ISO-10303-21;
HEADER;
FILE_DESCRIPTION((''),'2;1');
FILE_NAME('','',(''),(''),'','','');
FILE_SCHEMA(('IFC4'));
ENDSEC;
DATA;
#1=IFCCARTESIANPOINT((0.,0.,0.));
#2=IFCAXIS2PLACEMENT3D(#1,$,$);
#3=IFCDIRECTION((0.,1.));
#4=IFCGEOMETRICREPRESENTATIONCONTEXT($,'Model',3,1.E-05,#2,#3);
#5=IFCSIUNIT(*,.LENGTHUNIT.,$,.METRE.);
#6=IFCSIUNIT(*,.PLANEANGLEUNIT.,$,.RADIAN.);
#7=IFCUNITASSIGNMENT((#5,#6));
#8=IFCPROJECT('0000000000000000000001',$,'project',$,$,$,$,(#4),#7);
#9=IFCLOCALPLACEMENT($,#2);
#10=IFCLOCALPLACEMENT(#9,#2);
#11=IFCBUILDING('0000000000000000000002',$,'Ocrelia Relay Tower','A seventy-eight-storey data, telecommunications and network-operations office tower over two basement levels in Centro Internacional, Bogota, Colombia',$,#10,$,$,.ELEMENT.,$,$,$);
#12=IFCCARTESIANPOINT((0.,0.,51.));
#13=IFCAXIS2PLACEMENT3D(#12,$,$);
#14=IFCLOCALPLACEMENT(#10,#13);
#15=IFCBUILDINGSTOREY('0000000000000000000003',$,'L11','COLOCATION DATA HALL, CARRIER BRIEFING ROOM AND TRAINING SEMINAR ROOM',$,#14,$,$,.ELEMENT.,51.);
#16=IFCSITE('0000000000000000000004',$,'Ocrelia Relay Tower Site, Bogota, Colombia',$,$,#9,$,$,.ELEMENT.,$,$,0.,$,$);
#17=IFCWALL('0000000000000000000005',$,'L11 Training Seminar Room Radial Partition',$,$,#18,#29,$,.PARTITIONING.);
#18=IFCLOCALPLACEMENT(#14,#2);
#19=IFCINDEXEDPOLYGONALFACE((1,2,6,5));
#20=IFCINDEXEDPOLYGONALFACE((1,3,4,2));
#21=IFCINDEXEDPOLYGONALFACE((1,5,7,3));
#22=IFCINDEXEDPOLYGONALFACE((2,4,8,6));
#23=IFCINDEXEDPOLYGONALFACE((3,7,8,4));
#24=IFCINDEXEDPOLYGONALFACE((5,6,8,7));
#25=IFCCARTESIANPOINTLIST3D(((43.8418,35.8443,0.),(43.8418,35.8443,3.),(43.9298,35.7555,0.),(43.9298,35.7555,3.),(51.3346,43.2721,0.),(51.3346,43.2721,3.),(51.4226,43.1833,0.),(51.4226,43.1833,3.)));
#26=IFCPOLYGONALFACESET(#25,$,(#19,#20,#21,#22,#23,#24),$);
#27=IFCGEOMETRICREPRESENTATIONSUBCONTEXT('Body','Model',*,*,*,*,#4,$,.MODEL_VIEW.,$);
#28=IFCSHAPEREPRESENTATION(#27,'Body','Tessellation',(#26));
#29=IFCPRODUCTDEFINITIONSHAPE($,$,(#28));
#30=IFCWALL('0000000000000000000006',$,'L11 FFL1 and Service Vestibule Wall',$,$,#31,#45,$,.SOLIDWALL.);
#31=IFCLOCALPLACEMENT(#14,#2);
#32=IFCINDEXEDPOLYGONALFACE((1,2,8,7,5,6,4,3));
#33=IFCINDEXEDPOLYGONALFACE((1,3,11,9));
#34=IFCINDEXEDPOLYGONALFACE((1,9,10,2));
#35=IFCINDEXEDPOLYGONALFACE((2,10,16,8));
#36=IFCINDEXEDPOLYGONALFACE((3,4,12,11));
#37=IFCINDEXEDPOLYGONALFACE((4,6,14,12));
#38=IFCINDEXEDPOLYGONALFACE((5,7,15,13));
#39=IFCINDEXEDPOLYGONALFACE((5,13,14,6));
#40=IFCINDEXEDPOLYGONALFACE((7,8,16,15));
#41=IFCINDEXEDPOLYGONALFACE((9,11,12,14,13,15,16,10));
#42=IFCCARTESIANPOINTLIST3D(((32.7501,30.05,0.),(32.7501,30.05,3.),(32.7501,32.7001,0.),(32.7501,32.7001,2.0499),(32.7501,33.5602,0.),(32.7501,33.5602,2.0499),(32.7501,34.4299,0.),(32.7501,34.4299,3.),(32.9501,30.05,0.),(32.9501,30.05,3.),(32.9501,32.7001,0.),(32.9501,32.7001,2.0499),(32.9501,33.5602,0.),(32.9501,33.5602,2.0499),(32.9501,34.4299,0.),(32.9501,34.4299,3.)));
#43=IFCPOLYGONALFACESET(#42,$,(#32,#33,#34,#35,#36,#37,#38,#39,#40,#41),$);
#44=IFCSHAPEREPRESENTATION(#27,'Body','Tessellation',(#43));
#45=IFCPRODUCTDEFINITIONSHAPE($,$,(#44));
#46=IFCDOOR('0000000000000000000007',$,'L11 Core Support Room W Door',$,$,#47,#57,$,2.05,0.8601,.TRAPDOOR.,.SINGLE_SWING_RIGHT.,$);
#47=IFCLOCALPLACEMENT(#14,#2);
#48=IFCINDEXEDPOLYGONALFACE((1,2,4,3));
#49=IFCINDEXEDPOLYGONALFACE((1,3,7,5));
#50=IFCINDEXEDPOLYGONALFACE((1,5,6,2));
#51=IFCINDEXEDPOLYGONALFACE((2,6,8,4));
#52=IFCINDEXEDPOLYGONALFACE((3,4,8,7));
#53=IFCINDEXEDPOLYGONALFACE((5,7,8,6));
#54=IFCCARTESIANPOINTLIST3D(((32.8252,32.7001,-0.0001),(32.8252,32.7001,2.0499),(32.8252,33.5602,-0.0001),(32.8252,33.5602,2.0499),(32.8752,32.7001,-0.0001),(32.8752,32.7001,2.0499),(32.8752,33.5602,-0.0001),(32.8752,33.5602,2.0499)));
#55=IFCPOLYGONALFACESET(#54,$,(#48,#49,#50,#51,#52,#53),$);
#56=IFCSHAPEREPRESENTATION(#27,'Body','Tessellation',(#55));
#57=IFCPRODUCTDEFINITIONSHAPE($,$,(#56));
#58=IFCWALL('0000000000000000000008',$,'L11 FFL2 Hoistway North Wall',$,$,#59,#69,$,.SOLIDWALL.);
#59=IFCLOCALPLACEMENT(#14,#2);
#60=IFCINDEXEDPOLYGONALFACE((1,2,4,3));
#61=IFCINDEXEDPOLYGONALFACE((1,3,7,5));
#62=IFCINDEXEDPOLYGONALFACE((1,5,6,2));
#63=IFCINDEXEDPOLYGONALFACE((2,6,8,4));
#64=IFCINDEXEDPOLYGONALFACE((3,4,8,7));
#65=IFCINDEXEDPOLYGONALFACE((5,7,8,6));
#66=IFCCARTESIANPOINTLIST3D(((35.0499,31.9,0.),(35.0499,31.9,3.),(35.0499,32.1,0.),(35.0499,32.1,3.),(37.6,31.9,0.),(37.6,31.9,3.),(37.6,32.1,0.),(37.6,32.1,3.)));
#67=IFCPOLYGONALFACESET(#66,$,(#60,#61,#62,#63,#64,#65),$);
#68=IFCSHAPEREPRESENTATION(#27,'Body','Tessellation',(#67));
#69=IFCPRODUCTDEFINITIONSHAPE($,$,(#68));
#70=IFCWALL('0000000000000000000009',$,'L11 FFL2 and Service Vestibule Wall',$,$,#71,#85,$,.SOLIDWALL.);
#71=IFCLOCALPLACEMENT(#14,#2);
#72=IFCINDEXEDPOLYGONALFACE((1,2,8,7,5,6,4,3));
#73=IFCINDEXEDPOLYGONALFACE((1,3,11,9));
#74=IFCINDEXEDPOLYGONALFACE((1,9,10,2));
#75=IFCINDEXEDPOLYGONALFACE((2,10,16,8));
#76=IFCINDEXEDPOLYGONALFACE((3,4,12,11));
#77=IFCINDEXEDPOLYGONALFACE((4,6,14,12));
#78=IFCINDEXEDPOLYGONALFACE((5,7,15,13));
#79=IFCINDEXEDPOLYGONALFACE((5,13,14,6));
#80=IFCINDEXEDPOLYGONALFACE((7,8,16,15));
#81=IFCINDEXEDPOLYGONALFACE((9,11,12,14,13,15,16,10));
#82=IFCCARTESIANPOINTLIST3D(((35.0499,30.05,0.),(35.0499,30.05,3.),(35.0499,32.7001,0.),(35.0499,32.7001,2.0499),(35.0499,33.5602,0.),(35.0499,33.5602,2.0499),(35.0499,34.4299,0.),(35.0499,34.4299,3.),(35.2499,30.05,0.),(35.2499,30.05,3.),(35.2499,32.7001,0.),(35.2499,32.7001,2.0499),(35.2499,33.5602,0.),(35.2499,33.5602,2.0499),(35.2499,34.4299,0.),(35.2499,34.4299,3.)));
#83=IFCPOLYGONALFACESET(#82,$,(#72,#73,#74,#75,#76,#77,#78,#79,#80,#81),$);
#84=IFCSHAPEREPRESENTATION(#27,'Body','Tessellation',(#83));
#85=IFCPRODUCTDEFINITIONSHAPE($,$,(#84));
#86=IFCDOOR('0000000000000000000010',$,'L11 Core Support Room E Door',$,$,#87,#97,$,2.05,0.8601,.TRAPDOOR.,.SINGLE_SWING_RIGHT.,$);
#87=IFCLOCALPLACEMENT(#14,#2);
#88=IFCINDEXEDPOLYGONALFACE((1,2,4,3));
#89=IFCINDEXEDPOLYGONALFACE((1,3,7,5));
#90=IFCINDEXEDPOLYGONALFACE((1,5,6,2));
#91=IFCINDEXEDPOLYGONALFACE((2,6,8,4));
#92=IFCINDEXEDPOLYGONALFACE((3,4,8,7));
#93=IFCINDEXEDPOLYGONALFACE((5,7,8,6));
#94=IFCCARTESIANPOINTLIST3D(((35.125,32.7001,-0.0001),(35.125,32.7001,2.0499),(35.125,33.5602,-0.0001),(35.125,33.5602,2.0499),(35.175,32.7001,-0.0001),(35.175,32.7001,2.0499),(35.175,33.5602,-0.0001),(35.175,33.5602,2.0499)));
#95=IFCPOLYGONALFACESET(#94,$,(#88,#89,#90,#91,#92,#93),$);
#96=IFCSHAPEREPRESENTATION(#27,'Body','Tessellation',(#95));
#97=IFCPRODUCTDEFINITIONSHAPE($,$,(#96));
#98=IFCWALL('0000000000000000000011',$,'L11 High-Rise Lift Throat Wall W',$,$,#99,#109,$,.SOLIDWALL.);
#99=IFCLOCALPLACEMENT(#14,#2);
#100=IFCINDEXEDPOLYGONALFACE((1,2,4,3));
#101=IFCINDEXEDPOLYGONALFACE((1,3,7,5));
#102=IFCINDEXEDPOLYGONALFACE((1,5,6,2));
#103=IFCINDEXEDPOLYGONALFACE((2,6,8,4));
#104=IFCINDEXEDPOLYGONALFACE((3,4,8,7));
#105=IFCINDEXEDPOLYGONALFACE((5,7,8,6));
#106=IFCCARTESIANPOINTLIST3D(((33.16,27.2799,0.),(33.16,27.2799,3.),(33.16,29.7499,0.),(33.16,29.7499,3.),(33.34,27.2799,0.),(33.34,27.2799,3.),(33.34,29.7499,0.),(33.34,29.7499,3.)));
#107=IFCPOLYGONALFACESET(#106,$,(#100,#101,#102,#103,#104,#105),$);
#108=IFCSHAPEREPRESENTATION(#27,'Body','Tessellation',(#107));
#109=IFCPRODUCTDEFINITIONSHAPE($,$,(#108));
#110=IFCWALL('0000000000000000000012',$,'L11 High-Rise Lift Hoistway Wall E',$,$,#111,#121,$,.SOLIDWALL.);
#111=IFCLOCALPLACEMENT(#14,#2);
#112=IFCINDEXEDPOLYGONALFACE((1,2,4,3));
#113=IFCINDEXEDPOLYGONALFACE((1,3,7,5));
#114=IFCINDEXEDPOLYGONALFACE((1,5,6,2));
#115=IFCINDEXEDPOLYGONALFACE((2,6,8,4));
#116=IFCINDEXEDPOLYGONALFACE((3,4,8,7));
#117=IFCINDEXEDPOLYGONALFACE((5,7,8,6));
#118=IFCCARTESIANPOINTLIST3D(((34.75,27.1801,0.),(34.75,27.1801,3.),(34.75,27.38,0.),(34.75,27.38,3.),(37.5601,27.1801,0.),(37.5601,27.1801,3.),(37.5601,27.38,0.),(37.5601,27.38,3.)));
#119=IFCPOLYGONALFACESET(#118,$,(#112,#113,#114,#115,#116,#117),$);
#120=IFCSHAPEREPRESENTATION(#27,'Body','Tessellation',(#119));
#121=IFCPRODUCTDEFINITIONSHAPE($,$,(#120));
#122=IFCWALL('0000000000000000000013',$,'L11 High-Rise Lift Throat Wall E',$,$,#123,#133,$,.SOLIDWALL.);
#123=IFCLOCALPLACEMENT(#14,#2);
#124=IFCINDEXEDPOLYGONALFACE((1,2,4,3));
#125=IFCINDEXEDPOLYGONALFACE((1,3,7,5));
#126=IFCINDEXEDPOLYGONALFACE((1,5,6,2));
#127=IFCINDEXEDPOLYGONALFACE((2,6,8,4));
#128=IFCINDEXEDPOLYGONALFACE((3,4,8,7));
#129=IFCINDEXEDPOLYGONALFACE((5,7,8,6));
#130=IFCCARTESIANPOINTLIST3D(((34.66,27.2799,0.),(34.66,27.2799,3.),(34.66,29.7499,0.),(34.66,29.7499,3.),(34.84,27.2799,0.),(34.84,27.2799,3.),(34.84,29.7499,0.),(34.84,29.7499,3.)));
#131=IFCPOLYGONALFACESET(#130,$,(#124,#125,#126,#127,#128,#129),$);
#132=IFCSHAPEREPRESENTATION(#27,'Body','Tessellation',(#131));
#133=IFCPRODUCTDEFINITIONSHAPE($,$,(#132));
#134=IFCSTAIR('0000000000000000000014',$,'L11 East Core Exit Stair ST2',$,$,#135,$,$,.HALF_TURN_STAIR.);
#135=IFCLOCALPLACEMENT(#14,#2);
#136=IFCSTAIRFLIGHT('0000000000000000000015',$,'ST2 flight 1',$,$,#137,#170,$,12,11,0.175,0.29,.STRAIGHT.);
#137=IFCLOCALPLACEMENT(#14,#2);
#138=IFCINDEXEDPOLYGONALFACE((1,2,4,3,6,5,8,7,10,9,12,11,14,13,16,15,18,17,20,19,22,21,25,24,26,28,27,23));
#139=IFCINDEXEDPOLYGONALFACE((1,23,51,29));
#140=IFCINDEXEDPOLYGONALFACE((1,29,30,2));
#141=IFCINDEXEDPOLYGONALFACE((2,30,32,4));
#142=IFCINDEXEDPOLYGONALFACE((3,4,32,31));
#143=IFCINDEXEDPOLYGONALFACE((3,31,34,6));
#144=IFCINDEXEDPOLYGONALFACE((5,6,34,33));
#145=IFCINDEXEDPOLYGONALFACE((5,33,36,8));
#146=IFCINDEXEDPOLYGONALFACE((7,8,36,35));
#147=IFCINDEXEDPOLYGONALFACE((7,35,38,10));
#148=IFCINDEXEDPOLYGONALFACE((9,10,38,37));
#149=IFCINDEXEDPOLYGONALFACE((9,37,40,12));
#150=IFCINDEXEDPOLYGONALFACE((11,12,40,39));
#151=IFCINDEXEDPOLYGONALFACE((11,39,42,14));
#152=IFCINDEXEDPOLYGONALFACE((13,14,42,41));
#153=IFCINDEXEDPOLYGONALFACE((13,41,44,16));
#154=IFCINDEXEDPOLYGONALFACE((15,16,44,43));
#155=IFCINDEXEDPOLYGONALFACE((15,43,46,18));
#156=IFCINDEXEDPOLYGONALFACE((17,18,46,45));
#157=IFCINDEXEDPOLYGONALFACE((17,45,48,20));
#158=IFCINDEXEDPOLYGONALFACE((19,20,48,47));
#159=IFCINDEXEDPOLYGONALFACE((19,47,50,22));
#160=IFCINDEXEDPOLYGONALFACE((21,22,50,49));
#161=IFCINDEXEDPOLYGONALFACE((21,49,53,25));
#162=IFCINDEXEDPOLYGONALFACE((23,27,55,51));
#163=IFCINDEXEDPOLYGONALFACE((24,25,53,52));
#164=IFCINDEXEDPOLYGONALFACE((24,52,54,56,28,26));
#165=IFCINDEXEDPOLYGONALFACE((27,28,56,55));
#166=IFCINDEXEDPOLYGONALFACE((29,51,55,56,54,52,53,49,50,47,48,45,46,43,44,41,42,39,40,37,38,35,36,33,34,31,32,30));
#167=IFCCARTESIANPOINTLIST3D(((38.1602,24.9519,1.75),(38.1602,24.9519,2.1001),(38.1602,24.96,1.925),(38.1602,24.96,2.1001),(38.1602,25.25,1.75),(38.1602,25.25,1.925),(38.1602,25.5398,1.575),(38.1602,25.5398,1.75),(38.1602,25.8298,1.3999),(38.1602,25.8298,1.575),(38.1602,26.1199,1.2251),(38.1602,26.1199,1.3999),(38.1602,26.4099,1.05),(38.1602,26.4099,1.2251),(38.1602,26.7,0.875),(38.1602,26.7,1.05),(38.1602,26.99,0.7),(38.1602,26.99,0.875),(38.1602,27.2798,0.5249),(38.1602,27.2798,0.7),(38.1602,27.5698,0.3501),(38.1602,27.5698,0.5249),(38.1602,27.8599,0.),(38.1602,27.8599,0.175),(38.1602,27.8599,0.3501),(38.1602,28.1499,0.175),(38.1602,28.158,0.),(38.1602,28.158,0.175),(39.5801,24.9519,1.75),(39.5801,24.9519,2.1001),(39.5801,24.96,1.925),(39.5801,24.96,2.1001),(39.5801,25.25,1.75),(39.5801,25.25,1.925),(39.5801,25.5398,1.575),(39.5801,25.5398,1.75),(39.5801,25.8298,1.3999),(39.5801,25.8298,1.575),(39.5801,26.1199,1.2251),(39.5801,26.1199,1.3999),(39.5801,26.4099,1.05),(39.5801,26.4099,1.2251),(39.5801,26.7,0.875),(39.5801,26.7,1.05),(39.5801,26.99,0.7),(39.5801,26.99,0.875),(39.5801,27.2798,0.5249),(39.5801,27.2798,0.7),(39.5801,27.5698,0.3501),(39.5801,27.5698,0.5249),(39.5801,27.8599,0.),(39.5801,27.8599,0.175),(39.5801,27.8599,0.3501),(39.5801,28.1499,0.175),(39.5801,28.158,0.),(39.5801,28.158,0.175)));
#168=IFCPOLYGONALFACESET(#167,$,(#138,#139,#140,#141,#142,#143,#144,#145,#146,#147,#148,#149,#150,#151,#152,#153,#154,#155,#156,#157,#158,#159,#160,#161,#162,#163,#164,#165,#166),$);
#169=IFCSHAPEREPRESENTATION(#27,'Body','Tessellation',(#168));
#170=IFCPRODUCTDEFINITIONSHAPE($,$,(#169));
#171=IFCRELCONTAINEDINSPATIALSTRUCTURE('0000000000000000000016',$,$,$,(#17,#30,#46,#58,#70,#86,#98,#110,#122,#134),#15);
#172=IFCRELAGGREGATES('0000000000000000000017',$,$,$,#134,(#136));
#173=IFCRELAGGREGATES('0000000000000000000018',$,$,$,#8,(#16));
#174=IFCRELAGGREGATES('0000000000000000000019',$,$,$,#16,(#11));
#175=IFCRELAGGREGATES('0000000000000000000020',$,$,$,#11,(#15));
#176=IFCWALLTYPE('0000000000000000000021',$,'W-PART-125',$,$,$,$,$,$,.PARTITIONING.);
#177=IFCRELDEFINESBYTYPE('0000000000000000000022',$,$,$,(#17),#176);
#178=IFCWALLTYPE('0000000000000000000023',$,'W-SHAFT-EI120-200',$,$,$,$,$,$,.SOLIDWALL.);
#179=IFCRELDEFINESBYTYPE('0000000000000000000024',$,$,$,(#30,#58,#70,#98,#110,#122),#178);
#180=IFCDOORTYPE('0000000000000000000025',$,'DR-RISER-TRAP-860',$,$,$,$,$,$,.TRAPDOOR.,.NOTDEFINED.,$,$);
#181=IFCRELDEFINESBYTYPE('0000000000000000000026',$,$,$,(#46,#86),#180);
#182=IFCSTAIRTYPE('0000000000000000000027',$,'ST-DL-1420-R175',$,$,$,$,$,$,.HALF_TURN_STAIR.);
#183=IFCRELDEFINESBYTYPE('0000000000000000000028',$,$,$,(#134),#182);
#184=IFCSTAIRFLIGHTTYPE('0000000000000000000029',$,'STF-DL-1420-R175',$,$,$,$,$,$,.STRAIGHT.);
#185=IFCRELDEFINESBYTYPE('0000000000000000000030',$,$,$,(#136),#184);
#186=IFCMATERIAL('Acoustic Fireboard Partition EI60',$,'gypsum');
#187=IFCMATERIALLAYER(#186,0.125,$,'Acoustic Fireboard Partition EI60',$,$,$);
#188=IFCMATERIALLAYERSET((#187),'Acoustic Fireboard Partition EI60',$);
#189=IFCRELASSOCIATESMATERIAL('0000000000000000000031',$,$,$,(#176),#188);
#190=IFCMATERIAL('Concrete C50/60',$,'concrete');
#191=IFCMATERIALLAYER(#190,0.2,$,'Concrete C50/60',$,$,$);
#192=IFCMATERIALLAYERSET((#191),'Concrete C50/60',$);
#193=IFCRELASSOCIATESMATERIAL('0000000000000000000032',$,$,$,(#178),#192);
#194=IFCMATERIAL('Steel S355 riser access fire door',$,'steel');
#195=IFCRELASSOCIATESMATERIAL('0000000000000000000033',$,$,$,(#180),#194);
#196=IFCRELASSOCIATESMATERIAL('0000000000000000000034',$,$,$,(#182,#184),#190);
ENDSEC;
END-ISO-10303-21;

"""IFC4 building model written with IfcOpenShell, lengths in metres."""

from ifc_helpers import new_model, si_unit, direction, frame, frame_2d, origin, place, context, subcontext, project, spatial, polyline, rectangle, outline, extrude, material, layer, layer_set, type_object, element, fill, aggregate, save


model = new_model("IFC4")

# Units and contexts
model_context = context("Model", 3, precision=1e-05, world=origin(), true_north=direction((0.0, 1.0)))
body_context = subcontext(model_context, "Body", "Model", "MODEL_VIEW")
ifc_project = project(units=[si_unit("LENGTHUNIT", "METRE"), si_unit("PLANEANGLEUNIT", "RADIAN")], contexts=[model_context])

# Site, building, storey
site_placement = place(None, origin())
site = spatial("IfcSite", under=ifc_project, at=site_placement, Name="Ocrelia Relay Tower Site, Bogota, Colombia", CompositionType="ELEMENT", RefElevation=0.0)
building_placement = place(site_placement, origin())
building = spatial("IfcBuilding", under=site, at=building_placement, Name="Ocrelia Relay Tower", Description="A seventy-eight-storey data, telecommunications and network-operations office tower over two basement levels in Centro Internacional, Bogota, Colombia", CompositionType="ELEMENT")
storey_placement = place(building_placement, frame((0.0, 0.0, 51.0)))
storey = spatial("IfcBuildingStorey", under=building, at=storey_placement, Name="L11", Description="COLOCATION DATA HALL, CARRIER BRIEFING ROOM AND TRAINING SEMINAR ROOM", CompositionType="ELEMENT", Elevation=51.0)

# Shared definitions
ifc_material_1 = material(Name="Concrete C50/60", Category="concrete")

# Wall
ifc_material_2 = material(Name="Acoustic Fireboard Partition EI60", Category="gypsum")
ifc_layer_1 = layer(ifc_material_2, 0.125, Name="Acoustic Fireboard Partition EI60")
ifc_layer_set_1 = layer_set([ifc_layer_1], Name="Acoustic Fireboard Partition EI60")
wall_type_1 = type_object("IfcWallType", Name="W-PART-125", PredefinedType="PARTITIONING", material=ifc_layer_set_1)
wall_1_placement = place(storey_placement, frame((43.8857, 35.7998, 0.0), z_axis=(0.0, 0.0, 1.0), x_axis=(0.710178, 0.704022, 0.0)))
element("IfcWall", 1, at=wall_1_placement, inside=storey, type_object=wall_type_1, Name="L11 Training Seminar Room Radial Partition", PredefinedType="PARTITIONING", context=body_context, shape_type="SweptSolid", body=[
    extrude(rectangle(XDim=10.5505, YDim=0.125, at=frame_2d((5.2754, 0.0))), origin(), (0.0, 0.0, 1.0), 3.0),
])

# Wall, opening, door
ifc_layer_2 = layer(ifc_material_1, 0.2, Name="Concrete C50/60")
ifc_layer_set_2 = layer_set([ifc_layer_2], Name="Concrete C50/60")
wall_type_2 = type_object("IfcWallType", Name="W-SHAFT-EI120-200", PredefinedType="SOLIDWALL", material=ifc_layer_set_2)
wall_2_placement = place(storey_placement, frame((32.8501, 30.05, 0.0), z_axis=(0.0, 0.0, 1.0), x_axis=(0.0, 1.0, 0.0)))
wall_2 = element("IfcWall", 2, at=wall_2_placement, inside=storey, type_object=wall_type_2, Name="L11 FFL1 and Service Vestibule Wall", PredefinedType="SOLIDWALL", context=body_context, shape_type="SweptSolid", body=[
    extrude(rectangle(XDim=4.3799, YDim=0.2, at=frame_2d((2.1899, 0.0))), origin(), (0.0, 0.0, 1.0), 3.0),
])
opening_1_placement = place(wall_2_placement, frame((2.6499, 0.0, 0.0)))
opening_1 = element("IfcOpeningElement", 3, at=opening_1_placement, cuts=wall_2, PredefinedType="OPENING", context=body_context, shape_type="SweptSolid", body=[
    extrude(rectangle(XDim=0.8601, YDim=2.05, at=frame_2d((0.4302, 1.0249))), frame((0.0, 0.1099, 0.0), z_axis=(0.0, -1.0, 0.0), x_axis=(1.0, 0.0, 0.0)), (0.0, 0.0, 1.0), 0.22),
])
ifc_material_3 = material(Name="Steel S355 riser access fire door", Category="steel")
door_type_1 = type_object("IfcDoorType", Name="DR-RISER-TRAP-860", OperationType="NOTDEFINED", PredefinedType="TRAPDOOR", material=ifc_material_3)
door_1_placement = place(opening_1_placement, origin())
door_1 = element("IfcDoor", 4, at=door_1_placement, inside=storey, type_object=door_type_1, Name="L11 Core Support Room W Door", OperationType="SINGLE_SWING_RIGHT", OverallHeight=2.05, OverallWidth=0.8601, PredefinedType="TRAPDOOR", context=body_context, shape_type="SweptSolid", body=[
    extrude(rectangle(XDim=0.8601, YDim=2.05, at=frame_2d((0.4302, 1.0249))), frame((0.0, 0.0249, 0.0), z_axis=(0.0, -1.0, 0.0), x_axis=(1.0, 0.0, 0.0)), (0.0, 0.0, 1.0), 0.05),
])
fill(opening_1, door_1)

# Wall
wall_3_placement = place(storey_placement, frame((35.05, 32.0, 0.0), z_axis=(0.0, 0.0, 1.0), x_axis=(1.0, 0.0, 0.0)))
element("IfcWall", 5, at=wall_3_placement, inside=storey, type_object=wall_type_2, Name="L11 FFL2 Hoistway North Wall", PredefinedType="SOLIDWALL", context=body_context, shape_type="SweptSolid", body=[
    extrude(rectangle(XDim=2.55, YDim=0.2, at=frame_2d((1.2749, 0.0))), origin(), (0.0, 0.0, 1.0), 3.0),
])

# Wall, opening, door
wall_4_placement = place(storey_placement, frame((35.1499, 30.05, 0.0), z_axis=(0.0, 0.0, 1.0), x_axis=(0.0, 1.0, 0.0)))
wall_4 = element("IfcWall", 6, at=wall_4_placement, inside=storey, type_object=wall_type_2, Name="L11 FFL2 and Service Vestibule Wall", PredefinedType="SOLIDWALL", context=body_context, shape_type="SweptSolid", body=[
    extrude(rectangle(XDim=4.3799, YDim=0.2, at=frame_2d((2.1899, 0.0))), origin(), (0.0, 0.0, 1.0), 3.0),
])
opening_2_placement = place(wall_4_placement, frame((2.6499, 0.0, 0.0)))
opening_2 = element("IfcOpeningElement", 7, at=opening_2_placement, cuts=wall_4, PredefinedType="OPENING", context=body_context, shape_type="SweptSolid", body=[
    extrude(rectangle(XDim=0.8601, YDim=2.05, at=frame_2d((0.4302, 1.0249))), frame((0.0, 0.1099, 0.0), z_axis=(0.0, -1.0, 0.0), x_axis=(1.0, 0.0, 0.0)), (0.0, 0.0, 1.0), 0.22),
])
door_2_placement = place(opening_2_placement, origin())
door_2 = element("IfcDoor", 8, at=door_2_placement, inside=storey, type_object=door_type_1, Name="L11 Core Support Room E Door", OperationType="SINGLE_SWING_RIGHT", OverallHeight=2.05, OverallWidth=0.8601, PredefinedType="TRAPDOOR", context=body_context, shape_type="SweptSolid", body=[
    extrude(rectangle(XDim=0.8601, YDim=2.05, at=frame_2d((0.4302, 1.0249))), frame((0.0, 0.0249, 0.0), z_axis=(0.0, -1.0, 0.0), x_axis=(1.0, 0.0, 0.0)), (0.0, 0.0, 1.0), 0.05),
])
fill(opening_2, door_2)

# Walls
wall_5_placement = place(storey_placement, frame((33.25, 27.28, 0.0), z_axis=(0.0, 0.0, 1.0), x_axis=(0.0, 1.0, 0.0)))
element("IfcWall", 9, at=wall_5_placement, inside=storey, type_object=wall_type_2, Name="L11 High-Rise Lift Throat Wall W", PredefinedType="SOLIDWALL", context=body_context, shape_type="SweptSolid", body=[
    extrude(rectangle(XDim=2.47, YDim=0.1799, at=frame_2d((1.2349, 0.0))), origin(), (0.0, 0.0, 1.0), 3.0),
])
wall_6_placement = place(storey_placement, frame((34.75, 27.28, 0.0), z_axis=(0.0, 0.0, 1.0), x_axis=(1.0, 0.0, 0.0)))
element("IfcWall", 10, at=wall_6_placement, inside=storey, type_object=wall_type_2, Name="L11 High-Rise Lift Hoistway Wall E", PredefinedType="SOLIDWALL", context=body_context, shape_type="SweptSolid", body=[
    extrude(rectangle(XDim=2.8101, YDim=0.2, at=frame_2d((1.405, 0.0))), origin(), (0.0, 0.0, 1.0), 3.0),
])
wall_7_placement = place(storey_placement, frame((34.75, 27.28, 0.0), z_axis=(0.0, 0.0, 1.0), x_axis=(0.0, 1.0, 0.0)))
element("IfcWall", 11, at=wall_7_placement, inside=storey, type_object=wall_type_2, Name="L11 High-Rise Lift Throat Wall E", PredefinedType="SOLIDWALL", context=body_context, shape_type="SweptSolid", body=[
    extrude(rectangle(XDim=2.47, YDim=0.1799, at=frame_2d((1.2349, 0.0))), origin(), (0.0, 0.0, 1.0), 3.0),
])

# Stair, stair flight
stair_type = type_object("IfcStairType", Name="ST-DL-1420-R175", PredefinedType="HALF_TURN_STAIR", material=ifc_material_1)
stair_placement = place(storey_placement, origin())
stair = element("IfcStair", 12, at=stair_placement, inside=storey, type_object=stair_type, Name="L11 East Core Exit Stair ST2", PredefinedType="HALF_TURN_STAIR")
stair_flight_type = type_object("IfcStairFlightType", Name="STF-DL-1420-R175", PredefinedType="STRAIGHT", material=ifc_material_1)
stair_flight_placement = place(storey_placement, frame((38.8701, 28.1499, 0.0), z_axis=(0.0, 0.0, 1.0), x_axis=(0.0, -1.0, 0.0)))
stair_flight = element("IfcStairFlight", 13, at=stair_flight_placement, type_object=stair_flight_type, Name="ST2 flight 1", NumberOfRisers=12, NumberOfTreads=11, PredefinedType="STRAIGHT", RiserHeight=0.175, TreadLength=0.29, context=body_context, shape_type="SweptSolid", body=[
    extrude(outline(polyline([(-0.0081, 0.0), (-0.0081, 0.175), (0.0, 0.175), (0.29, 0.175), (0.29, 0.3501), (0.5801, 0.3501), (0.5801, 0.5249), (0.8701, 0.5249), (0.8701, 0.7), (1.1599, 0.7), (1.1599, 0.875), (1.45, 0.875), (1.45, 1.05), (1.74, 1.05), (1.74, 1.2251), (2.03, 1.2251), (2.03, 1.3999), (2.3201, 1.3999), (2.3201, 1.575), (2.6101, 1.575), (2.6101, 1.75), (2.8999, 1.75), (2.8999, 1.925), (3.1899, 1.925), (3.1899, 2.1001), (3.198, 2.1001), (3.198, 1.75), (0.29, 0.0), (-0.0081, 0.0)])), frame((0.0, 0.71, 0.0), z_axis=(0.0, -1.0, 0.0), x_axis=(1.0, 0.0, 0.0)), (0.0, 0.0, 1.0), 1.4199),
])
aggregate(stair, [stair_flight])

save(model, "model.ifc")
